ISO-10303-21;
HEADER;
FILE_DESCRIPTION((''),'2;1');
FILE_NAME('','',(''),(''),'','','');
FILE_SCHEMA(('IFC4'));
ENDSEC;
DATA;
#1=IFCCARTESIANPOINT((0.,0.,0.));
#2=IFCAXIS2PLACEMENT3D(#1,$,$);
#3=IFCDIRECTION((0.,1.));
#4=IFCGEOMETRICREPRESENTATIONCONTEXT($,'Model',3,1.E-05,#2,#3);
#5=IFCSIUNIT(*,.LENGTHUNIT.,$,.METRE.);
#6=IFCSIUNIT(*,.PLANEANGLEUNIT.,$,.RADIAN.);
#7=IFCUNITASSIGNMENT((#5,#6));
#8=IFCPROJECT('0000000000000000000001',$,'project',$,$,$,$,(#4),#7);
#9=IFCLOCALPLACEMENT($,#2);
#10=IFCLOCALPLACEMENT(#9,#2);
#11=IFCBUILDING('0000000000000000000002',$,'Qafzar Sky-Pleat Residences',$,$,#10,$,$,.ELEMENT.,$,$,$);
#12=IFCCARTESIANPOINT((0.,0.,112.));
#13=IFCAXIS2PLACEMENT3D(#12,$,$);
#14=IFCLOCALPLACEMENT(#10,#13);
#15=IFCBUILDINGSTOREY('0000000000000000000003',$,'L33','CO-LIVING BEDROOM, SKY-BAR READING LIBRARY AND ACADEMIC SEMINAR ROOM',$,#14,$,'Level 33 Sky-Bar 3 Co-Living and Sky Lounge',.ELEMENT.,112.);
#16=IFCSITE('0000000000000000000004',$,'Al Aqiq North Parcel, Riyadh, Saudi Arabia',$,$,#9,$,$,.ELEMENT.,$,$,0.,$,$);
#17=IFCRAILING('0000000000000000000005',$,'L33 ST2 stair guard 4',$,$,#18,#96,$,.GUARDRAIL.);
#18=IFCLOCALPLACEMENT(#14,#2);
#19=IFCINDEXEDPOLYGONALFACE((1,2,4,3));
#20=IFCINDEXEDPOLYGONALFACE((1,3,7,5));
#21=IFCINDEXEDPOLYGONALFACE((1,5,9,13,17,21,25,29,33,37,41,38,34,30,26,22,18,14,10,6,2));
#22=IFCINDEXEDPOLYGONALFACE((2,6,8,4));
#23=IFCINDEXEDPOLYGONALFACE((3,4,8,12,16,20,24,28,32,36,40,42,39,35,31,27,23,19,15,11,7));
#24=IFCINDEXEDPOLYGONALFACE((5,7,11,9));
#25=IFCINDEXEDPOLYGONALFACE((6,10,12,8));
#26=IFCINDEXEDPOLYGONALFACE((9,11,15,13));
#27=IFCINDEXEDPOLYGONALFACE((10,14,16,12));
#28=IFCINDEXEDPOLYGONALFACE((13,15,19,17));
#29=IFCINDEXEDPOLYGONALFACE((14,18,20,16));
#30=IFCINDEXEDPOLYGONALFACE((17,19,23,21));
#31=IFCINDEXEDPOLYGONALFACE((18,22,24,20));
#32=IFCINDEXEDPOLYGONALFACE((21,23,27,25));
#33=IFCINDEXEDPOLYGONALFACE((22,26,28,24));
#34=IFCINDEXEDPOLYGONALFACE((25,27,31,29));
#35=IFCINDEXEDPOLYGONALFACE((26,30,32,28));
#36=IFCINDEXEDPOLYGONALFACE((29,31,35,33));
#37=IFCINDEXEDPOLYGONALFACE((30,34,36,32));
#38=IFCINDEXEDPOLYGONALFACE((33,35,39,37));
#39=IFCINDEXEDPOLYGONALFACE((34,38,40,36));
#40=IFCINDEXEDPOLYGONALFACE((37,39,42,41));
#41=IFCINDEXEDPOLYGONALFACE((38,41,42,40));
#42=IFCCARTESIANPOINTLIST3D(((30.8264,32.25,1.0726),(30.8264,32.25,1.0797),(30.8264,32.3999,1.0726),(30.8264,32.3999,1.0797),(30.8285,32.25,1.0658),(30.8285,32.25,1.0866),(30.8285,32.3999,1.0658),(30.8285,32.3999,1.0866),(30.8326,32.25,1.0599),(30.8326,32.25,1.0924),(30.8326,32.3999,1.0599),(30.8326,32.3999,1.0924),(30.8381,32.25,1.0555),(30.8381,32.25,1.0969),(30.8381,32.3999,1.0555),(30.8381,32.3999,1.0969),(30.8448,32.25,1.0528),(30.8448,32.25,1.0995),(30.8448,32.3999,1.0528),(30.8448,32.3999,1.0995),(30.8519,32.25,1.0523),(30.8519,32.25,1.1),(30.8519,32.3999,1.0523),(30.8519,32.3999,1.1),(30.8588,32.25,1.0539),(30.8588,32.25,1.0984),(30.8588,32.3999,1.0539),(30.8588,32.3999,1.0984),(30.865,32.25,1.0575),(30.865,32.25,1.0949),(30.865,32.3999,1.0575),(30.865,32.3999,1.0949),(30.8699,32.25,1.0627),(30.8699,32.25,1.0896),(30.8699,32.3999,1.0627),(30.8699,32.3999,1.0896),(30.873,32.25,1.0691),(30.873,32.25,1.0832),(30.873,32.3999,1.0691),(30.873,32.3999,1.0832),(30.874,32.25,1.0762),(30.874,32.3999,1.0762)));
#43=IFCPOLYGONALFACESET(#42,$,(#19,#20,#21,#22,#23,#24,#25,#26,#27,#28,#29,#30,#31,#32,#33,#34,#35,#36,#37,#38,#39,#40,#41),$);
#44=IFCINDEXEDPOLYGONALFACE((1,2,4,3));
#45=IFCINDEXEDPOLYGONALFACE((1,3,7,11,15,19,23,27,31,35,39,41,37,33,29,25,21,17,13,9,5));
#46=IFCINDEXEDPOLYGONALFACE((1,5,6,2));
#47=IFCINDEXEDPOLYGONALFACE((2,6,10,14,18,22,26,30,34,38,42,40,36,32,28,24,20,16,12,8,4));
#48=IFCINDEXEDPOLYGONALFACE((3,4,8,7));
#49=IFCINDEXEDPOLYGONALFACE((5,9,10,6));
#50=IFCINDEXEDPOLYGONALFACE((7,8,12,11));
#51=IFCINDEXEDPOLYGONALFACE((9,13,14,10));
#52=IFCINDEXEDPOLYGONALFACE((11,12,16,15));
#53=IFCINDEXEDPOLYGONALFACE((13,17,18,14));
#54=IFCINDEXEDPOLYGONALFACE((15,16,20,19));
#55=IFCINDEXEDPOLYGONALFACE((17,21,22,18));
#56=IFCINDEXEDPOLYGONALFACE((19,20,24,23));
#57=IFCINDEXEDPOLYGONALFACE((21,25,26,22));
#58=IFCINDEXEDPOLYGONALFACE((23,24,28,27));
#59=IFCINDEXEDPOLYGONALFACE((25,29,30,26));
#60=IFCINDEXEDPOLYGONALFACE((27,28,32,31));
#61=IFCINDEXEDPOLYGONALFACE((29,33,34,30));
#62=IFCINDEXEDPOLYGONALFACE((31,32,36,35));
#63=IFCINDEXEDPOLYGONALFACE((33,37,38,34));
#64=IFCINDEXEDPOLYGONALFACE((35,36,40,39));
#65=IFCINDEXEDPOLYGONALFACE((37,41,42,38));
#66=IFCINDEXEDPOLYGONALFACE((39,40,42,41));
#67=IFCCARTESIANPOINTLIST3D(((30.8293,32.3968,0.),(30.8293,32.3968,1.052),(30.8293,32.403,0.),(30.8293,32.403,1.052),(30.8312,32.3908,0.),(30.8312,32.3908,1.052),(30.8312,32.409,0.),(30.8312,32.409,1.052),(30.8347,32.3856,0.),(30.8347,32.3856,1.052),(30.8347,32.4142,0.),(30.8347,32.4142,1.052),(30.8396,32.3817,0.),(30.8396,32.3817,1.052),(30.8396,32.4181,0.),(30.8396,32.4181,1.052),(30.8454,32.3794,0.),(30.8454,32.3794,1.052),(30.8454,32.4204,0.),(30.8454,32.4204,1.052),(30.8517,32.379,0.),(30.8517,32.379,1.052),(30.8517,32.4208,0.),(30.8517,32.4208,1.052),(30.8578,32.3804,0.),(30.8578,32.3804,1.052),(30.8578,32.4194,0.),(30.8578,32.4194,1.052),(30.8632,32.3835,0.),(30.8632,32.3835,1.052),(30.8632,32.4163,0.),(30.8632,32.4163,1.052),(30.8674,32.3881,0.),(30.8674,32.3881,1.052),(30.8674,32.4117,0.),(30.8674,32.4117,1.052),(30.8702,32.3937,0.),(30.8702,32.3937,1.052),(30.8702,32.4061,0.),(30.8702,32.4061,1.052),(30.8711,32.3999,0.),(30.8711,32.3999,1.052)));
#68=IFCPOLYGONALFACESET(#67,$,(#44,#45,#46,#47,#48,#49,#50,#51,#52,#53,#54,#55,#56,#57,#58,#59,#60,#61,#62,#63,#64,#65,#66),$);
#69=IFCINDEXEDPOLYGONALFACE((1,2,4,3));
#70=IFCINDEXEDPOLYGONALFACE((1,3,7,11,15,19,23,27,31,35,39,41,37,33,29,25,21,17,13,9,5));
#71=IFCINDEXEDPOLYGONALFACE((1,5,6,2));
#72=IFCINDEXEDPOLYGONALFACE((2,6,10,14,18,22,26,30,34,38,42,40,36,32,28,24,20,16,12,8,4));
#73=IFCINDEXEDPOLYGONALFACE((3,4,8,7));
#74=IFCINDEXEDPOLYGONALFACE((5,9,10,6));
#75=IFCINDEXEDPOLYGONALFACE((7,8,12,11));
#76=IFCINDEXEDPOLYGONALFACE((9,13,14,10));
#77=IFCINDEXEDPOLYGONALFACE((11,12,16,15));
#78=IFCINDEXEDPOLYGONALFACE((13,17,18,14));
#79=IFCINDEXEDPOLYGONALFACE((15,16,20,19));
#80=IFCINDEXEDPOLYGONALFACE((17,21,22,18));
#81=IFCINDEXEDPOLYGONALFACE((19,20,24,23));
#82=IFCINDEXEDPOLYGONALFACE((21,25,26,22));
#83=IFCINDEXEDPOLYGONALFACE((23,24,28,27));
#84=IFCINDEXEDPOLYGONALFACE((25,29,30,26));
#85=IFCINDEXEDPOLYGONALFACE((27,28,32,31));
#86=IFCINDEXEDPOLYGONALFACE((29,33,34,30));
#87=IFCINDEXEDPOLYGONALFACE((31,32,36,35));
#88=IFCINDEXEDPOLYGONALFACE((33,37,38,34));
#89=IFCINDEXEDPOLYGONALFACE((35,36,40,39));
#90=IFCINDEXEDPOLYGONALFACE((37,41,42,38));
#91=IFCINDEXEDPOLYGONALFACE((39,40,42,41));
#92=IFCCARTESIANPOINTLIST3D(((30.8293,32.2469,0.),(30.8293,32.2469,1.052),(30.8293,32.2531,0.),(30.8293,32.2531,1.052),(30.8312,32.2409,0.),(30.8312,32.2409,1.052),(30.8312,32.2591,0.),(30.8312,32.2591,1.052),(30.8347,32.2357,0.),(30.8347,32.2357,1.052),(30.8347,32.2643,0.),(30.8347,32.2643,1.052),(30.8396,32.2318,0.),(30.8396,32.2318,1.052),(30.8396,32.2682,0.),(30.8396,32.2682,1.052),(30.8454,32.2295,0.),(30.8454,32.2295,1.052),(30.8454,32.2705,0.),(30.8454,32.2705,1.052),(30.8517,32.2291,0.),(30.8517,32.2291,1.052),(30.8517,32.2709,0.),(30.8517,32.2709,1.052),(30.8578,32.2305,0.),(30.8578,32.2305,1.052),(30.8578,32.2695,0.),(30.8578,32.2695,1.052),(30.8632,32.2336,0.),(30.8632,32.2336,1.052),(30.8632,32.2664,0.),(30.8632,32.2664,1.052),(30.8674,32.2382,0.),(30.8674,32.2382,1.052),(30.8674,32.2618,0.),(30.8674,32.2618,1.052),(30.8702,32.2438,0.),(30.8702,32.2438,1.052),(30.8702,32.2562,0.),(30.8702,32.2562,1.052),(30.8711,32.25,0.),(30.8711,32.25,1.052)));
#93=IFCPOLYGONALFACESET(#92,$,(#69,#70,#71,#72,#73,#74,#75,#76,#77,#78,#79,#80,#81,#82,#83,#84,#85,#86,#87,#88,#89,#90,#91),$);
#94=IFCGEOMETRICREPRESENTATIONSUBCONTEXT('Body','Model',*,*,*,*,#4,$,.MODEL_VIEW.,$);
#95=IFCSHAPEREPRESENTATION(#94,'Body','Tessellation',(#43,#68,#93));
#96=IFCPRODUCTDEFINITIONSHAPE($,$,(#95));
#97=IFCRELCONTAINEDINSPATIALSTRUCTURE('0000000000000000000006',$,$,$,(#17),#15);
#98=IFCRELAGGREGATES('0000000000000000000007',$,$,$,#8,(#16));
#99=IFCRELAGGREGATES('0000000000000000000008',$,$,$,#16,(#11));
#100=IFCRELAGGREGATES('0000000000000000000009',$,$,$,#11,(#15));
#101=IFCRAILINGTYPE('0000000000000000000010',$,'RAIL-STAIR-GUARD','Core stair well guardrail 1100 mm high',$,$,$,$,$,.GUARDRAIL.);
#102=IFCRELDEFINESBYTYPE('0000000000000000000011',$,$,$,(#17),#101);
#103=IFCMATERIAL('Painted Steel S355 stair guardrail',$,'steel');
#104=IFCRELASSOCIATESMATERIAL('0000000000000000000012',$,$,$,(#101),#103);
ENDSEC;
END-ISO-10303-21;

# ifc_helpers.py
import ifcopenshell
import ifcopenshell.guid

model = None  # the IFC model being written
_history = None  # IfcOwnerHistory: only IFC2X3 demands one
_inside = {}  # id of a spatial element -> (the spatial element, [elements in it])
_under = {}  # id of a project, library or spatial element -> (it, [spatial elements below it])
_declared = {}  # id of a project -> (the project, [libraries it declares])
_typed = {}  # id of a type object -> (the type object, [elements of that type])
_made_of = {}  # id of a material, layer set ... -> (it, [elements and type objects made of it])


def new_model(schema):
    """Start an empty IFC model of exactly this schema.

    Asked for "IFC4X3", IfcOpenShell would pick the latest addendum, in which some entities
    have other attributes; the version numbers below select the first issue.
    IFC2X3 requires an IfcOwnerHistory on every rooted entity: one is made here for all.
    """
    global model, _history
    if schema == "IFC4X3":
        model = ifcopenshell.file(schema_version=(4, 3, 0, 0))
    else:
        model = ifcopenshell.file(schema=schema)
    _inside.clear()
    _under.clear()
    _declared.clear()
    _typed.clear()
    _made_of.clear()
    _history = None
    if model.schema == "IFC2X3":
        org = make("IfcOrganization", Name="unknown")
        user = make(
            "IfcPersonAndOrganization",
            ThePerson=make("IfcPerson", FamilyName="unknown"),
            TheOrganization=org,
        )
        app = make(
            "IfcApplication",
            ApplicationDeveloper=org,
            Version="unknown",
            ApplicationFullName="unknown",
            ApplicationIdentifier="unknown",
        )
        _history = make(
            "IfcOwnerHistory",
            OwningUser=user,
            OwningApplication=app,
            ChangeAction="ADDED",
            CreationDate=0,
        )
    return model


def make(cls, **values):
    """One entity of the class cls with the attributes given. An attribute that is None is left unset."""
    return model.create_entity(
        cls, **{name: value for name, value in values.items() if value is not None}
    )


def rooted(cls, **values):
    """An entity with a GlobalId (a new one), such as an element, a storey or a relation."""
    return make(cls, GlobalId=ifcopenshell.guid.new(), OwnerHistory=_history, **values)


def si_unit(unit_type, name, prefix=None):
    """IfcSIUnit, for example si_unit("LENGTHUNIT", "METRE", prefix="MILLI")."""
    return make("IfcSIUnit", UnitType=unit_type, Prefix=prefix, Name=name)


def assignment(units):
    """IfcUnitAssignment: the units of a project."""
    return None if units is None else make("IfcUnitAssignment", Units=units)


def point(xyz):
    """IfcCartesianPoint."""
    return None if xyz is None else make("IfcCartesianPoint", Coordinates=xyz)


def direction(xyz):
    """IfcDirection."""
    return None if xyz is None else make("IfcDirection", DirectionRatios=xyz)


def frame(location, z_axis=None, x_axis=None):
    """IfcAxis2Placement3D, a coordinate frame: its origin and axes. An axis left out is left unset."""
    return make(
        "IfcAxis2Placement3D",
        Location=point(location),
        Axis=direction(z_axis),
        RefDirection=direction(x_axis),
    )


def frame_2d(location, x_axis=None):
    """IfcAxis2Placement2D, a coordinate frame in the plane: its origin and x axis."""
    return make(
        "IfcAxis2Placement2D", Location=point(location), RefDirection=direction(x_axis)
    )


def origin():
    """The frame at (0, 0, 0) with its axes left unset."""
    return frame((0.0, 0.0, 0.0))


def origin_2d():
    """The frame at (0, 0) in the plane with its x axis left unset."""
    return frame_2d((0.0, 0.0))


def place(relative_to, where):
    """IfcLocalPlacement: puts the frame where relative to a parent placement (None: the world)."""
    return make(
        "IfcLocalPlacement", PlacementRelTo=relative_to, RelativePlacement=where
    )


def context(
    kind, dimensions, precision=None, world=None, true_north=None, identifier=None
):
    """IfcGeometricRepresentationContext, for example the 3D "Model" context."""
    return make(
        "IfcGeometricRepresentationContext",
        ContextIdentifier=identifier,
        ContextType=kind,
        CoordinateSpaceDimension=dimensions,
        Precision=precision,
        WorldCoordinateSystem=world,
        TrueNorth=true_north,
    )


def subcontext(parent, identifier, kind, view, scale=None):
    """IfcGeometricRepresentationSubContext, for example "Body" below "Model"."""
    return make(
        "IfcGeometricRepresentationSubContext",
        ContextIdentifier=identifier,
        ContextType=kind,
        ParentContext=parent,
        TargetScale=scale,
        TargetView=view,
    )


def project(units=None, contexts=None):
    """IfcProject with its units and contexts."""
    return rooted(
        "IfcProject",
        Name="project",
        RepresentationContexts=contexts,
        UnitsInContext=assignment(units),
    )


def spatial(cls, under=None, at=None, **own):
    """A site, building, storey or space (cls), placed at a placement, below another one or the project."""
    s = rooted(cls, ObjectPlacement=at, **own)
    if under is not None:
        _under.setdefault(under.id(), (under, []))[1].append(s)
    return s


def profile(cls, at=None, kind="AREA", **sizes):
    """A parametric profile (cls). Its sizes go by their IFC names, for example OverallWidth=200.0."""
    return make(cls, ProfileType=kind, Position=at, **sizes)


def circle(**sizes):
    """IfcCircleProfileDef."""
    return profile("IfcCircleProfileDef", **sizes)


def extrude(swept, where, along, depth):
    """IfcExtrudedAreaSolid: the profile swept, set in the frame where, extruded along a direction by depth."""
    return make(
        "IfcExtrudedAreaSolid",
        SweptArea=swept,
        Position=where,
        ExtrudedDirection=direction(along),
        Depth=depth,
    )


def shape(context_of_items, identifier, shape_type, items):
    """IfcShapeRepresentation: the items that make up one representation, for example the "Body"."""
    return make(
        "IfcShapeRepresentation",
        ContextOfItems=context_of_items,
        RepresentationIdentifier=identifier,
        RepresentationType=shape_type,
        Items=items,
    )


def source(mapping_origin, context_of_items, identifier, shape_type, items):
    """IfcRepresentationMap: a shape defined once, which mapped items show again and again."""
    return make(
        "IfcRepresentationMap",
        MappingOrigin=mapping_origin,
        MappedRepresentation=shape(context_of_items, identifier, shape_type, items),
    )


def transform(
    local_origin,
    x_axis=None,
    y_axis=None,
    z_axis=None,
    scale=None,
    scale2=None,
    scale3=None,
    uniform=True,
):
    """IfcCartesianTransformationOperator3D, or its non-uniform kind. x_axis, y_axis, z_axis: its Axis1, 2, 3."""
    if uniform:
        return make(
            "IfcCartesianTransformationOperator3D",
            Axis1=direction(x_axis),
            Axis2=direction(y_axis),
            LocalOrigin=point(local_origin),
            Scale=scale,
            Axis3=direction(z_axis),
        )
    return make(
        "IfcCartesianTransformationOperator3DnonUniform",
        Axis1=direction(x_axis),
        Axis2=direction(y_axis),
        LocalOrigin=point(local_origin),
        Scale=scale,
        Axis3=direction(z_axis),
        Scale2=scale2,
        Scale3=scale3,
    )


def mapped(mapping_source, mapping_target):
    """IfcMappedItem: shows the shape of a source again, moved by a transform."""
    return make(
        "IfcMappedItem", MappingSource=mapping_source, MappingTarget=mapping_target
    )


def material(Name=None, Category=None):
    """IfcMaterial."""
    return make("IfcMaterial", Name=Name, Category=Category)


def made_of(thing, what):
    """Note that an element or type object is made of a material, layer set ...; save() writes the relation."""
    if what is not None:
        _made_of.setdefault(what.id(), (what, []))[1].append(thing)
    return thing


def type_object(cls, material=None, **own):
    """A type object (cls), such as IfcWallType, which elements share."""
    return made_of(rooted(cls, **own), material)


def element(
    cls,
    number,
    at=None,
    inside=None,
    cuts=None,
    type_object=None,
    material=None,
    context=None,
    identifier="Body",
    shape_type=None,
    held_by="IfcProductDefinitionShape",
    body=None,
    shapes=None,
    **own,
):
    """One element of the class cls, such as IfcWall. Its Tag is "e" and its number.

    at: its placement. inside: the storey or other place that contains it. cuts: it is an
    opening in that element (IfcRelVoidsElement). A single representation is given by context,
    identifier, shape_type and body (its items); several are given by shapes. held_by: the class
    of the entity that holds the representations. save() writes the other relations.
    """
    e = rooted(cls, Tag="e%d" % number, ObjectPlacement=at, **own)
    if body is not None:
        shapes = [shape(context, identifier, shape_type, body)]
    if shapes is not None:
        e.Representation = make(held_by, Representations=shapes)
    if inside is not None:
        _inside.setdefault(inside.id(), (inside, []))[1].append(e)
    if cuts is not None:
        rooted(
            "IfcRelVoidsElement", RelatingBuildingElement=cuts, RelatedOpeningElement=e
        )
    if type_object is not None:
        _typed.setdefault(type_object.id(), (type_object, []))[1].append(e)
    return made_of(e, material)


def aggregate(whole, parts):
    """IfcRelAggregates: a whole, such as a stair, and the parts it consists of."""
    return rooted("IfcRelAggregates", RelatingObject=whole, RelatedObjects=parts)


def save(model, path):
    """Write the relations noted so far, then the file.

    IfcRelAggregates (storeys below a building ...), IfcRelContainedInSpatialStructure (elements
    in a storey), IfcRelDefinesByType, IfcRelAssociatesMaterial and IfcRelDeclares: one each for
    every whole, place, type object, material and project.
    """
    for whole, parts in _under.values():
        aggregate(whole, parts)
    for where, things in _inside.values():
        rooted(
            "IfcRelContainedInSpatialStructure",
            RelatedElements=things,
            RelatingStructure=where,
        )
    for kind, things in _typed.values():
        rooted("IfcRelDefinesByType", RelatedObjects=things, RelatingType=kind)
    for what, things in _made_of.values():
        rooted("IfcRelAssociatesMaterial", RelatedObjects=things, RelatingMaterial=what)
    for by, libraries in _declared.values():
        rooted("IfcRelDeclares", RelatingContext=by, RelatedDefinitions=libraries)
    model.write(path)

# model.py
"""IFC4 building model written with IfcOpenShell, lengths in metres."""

from ifc_helpers import new_model, si_unit, direction, frame, origin, origin_2d, place, context, subcontext, project, spatial, circle, extrude, source, transform, mapped, material, type_object, element, save


model = new_model("IFC4")

# Units and contexts
model_context = context("Model", 3, precision=1e-05, world=origin(), true_north=direction((0.0, 1.0)))
body_context = subcontext(model_context, "Body", "Model", "MODEL_VIEW")
ifc_project = project(units=[si_unit("LENGTHUNIT", "METRE"), si_unit("PLANEANGLEUNIT", "RADIAN")], contexts=[model_context])

# Site, building, storey
site_placement = place(None, origin())
site = spatial("IfcSite", under=ifc_project, at=site_placement, Name="Al Aqiq North Parcel, Riyadh, Saudi Arabia", CompositionType="ELEMENT", RefElevation=0.0)
building_placement = place(site_placement, origin())
building = spatial("IfcBuilding", under=site, at=building_placement, Name="Qafzar Sky-Pleat Residences", CompositionType="ELEMENT")
storey_placement = place(building_placement, frame((0.0, 0.0, 112.0)))
storey = spatial("IfcBuildingStorey", under=building, at=storey_placement, Name="L33", Description="CO-LIVING BEDROOM, SKY-BAR READING LIBRARY AND ACADEMIC SEMINAR ROOM", LongName="Level 33 Sky-Bar 3 Co-Living and Sky Lounge", CompositionType="ELEMENT", Elevation=112.0)

# Railing
ifc_material_1 = material(Name="Painted Steel S355 stair guardrail", Category="steel")
railing_type_1 = type_object("IfcRailingType", Name="RAIL-STAIR-GUARD", Description="Core stair well guardrail 1100 mm high", PredefinedType="GUARDRAIL", material=ifc_material_1)
shared_shape_1 = source(origin(), body_context, "Body", "SweptSolid", [
    extrude(circle(Radius=0.0239, at=origin_2d()), frame((0.0, 0.0, 1.0762), z_axis=(0.0, -1.0, 0.0), x_axis=(1.0, 0.0, 0.0)), (0.0, 0.0, 1.0), 0.1499),
    extrude(circle(Radius=0.021, at=origin_2d()), origin(), (0.0, 0.0, 1.0), 1.052),
    extrude(circle(Radius=0.021, at=origin_2d()), frame((0.0, -0.1499, 0.0)), (0.0, 0.0, 1.0), 1.052),
])
railing_1_placement = place(storey_placement, frame((30.8501, 32.3999, 0.0)))
element("IfcRailing", 1, at=railing_1_placement, inside=storey, type_object=railing_type_1, Name="L33 ST2 stair guard 4", PredefinedType="GUARDRAIL", context=body_context, shape_type="MappedRepresentation", body=[
    mapped(shared_shape_1, transform((0.0, 0.0, 0.0), x_axis=(1.0, 0.0, 0.0), y_axis=(0.0, 1.0, 0.0), z_axis=(0.0, 0.0, 1.0), scale=1.0)),
])

save(model, "model.ifc")
